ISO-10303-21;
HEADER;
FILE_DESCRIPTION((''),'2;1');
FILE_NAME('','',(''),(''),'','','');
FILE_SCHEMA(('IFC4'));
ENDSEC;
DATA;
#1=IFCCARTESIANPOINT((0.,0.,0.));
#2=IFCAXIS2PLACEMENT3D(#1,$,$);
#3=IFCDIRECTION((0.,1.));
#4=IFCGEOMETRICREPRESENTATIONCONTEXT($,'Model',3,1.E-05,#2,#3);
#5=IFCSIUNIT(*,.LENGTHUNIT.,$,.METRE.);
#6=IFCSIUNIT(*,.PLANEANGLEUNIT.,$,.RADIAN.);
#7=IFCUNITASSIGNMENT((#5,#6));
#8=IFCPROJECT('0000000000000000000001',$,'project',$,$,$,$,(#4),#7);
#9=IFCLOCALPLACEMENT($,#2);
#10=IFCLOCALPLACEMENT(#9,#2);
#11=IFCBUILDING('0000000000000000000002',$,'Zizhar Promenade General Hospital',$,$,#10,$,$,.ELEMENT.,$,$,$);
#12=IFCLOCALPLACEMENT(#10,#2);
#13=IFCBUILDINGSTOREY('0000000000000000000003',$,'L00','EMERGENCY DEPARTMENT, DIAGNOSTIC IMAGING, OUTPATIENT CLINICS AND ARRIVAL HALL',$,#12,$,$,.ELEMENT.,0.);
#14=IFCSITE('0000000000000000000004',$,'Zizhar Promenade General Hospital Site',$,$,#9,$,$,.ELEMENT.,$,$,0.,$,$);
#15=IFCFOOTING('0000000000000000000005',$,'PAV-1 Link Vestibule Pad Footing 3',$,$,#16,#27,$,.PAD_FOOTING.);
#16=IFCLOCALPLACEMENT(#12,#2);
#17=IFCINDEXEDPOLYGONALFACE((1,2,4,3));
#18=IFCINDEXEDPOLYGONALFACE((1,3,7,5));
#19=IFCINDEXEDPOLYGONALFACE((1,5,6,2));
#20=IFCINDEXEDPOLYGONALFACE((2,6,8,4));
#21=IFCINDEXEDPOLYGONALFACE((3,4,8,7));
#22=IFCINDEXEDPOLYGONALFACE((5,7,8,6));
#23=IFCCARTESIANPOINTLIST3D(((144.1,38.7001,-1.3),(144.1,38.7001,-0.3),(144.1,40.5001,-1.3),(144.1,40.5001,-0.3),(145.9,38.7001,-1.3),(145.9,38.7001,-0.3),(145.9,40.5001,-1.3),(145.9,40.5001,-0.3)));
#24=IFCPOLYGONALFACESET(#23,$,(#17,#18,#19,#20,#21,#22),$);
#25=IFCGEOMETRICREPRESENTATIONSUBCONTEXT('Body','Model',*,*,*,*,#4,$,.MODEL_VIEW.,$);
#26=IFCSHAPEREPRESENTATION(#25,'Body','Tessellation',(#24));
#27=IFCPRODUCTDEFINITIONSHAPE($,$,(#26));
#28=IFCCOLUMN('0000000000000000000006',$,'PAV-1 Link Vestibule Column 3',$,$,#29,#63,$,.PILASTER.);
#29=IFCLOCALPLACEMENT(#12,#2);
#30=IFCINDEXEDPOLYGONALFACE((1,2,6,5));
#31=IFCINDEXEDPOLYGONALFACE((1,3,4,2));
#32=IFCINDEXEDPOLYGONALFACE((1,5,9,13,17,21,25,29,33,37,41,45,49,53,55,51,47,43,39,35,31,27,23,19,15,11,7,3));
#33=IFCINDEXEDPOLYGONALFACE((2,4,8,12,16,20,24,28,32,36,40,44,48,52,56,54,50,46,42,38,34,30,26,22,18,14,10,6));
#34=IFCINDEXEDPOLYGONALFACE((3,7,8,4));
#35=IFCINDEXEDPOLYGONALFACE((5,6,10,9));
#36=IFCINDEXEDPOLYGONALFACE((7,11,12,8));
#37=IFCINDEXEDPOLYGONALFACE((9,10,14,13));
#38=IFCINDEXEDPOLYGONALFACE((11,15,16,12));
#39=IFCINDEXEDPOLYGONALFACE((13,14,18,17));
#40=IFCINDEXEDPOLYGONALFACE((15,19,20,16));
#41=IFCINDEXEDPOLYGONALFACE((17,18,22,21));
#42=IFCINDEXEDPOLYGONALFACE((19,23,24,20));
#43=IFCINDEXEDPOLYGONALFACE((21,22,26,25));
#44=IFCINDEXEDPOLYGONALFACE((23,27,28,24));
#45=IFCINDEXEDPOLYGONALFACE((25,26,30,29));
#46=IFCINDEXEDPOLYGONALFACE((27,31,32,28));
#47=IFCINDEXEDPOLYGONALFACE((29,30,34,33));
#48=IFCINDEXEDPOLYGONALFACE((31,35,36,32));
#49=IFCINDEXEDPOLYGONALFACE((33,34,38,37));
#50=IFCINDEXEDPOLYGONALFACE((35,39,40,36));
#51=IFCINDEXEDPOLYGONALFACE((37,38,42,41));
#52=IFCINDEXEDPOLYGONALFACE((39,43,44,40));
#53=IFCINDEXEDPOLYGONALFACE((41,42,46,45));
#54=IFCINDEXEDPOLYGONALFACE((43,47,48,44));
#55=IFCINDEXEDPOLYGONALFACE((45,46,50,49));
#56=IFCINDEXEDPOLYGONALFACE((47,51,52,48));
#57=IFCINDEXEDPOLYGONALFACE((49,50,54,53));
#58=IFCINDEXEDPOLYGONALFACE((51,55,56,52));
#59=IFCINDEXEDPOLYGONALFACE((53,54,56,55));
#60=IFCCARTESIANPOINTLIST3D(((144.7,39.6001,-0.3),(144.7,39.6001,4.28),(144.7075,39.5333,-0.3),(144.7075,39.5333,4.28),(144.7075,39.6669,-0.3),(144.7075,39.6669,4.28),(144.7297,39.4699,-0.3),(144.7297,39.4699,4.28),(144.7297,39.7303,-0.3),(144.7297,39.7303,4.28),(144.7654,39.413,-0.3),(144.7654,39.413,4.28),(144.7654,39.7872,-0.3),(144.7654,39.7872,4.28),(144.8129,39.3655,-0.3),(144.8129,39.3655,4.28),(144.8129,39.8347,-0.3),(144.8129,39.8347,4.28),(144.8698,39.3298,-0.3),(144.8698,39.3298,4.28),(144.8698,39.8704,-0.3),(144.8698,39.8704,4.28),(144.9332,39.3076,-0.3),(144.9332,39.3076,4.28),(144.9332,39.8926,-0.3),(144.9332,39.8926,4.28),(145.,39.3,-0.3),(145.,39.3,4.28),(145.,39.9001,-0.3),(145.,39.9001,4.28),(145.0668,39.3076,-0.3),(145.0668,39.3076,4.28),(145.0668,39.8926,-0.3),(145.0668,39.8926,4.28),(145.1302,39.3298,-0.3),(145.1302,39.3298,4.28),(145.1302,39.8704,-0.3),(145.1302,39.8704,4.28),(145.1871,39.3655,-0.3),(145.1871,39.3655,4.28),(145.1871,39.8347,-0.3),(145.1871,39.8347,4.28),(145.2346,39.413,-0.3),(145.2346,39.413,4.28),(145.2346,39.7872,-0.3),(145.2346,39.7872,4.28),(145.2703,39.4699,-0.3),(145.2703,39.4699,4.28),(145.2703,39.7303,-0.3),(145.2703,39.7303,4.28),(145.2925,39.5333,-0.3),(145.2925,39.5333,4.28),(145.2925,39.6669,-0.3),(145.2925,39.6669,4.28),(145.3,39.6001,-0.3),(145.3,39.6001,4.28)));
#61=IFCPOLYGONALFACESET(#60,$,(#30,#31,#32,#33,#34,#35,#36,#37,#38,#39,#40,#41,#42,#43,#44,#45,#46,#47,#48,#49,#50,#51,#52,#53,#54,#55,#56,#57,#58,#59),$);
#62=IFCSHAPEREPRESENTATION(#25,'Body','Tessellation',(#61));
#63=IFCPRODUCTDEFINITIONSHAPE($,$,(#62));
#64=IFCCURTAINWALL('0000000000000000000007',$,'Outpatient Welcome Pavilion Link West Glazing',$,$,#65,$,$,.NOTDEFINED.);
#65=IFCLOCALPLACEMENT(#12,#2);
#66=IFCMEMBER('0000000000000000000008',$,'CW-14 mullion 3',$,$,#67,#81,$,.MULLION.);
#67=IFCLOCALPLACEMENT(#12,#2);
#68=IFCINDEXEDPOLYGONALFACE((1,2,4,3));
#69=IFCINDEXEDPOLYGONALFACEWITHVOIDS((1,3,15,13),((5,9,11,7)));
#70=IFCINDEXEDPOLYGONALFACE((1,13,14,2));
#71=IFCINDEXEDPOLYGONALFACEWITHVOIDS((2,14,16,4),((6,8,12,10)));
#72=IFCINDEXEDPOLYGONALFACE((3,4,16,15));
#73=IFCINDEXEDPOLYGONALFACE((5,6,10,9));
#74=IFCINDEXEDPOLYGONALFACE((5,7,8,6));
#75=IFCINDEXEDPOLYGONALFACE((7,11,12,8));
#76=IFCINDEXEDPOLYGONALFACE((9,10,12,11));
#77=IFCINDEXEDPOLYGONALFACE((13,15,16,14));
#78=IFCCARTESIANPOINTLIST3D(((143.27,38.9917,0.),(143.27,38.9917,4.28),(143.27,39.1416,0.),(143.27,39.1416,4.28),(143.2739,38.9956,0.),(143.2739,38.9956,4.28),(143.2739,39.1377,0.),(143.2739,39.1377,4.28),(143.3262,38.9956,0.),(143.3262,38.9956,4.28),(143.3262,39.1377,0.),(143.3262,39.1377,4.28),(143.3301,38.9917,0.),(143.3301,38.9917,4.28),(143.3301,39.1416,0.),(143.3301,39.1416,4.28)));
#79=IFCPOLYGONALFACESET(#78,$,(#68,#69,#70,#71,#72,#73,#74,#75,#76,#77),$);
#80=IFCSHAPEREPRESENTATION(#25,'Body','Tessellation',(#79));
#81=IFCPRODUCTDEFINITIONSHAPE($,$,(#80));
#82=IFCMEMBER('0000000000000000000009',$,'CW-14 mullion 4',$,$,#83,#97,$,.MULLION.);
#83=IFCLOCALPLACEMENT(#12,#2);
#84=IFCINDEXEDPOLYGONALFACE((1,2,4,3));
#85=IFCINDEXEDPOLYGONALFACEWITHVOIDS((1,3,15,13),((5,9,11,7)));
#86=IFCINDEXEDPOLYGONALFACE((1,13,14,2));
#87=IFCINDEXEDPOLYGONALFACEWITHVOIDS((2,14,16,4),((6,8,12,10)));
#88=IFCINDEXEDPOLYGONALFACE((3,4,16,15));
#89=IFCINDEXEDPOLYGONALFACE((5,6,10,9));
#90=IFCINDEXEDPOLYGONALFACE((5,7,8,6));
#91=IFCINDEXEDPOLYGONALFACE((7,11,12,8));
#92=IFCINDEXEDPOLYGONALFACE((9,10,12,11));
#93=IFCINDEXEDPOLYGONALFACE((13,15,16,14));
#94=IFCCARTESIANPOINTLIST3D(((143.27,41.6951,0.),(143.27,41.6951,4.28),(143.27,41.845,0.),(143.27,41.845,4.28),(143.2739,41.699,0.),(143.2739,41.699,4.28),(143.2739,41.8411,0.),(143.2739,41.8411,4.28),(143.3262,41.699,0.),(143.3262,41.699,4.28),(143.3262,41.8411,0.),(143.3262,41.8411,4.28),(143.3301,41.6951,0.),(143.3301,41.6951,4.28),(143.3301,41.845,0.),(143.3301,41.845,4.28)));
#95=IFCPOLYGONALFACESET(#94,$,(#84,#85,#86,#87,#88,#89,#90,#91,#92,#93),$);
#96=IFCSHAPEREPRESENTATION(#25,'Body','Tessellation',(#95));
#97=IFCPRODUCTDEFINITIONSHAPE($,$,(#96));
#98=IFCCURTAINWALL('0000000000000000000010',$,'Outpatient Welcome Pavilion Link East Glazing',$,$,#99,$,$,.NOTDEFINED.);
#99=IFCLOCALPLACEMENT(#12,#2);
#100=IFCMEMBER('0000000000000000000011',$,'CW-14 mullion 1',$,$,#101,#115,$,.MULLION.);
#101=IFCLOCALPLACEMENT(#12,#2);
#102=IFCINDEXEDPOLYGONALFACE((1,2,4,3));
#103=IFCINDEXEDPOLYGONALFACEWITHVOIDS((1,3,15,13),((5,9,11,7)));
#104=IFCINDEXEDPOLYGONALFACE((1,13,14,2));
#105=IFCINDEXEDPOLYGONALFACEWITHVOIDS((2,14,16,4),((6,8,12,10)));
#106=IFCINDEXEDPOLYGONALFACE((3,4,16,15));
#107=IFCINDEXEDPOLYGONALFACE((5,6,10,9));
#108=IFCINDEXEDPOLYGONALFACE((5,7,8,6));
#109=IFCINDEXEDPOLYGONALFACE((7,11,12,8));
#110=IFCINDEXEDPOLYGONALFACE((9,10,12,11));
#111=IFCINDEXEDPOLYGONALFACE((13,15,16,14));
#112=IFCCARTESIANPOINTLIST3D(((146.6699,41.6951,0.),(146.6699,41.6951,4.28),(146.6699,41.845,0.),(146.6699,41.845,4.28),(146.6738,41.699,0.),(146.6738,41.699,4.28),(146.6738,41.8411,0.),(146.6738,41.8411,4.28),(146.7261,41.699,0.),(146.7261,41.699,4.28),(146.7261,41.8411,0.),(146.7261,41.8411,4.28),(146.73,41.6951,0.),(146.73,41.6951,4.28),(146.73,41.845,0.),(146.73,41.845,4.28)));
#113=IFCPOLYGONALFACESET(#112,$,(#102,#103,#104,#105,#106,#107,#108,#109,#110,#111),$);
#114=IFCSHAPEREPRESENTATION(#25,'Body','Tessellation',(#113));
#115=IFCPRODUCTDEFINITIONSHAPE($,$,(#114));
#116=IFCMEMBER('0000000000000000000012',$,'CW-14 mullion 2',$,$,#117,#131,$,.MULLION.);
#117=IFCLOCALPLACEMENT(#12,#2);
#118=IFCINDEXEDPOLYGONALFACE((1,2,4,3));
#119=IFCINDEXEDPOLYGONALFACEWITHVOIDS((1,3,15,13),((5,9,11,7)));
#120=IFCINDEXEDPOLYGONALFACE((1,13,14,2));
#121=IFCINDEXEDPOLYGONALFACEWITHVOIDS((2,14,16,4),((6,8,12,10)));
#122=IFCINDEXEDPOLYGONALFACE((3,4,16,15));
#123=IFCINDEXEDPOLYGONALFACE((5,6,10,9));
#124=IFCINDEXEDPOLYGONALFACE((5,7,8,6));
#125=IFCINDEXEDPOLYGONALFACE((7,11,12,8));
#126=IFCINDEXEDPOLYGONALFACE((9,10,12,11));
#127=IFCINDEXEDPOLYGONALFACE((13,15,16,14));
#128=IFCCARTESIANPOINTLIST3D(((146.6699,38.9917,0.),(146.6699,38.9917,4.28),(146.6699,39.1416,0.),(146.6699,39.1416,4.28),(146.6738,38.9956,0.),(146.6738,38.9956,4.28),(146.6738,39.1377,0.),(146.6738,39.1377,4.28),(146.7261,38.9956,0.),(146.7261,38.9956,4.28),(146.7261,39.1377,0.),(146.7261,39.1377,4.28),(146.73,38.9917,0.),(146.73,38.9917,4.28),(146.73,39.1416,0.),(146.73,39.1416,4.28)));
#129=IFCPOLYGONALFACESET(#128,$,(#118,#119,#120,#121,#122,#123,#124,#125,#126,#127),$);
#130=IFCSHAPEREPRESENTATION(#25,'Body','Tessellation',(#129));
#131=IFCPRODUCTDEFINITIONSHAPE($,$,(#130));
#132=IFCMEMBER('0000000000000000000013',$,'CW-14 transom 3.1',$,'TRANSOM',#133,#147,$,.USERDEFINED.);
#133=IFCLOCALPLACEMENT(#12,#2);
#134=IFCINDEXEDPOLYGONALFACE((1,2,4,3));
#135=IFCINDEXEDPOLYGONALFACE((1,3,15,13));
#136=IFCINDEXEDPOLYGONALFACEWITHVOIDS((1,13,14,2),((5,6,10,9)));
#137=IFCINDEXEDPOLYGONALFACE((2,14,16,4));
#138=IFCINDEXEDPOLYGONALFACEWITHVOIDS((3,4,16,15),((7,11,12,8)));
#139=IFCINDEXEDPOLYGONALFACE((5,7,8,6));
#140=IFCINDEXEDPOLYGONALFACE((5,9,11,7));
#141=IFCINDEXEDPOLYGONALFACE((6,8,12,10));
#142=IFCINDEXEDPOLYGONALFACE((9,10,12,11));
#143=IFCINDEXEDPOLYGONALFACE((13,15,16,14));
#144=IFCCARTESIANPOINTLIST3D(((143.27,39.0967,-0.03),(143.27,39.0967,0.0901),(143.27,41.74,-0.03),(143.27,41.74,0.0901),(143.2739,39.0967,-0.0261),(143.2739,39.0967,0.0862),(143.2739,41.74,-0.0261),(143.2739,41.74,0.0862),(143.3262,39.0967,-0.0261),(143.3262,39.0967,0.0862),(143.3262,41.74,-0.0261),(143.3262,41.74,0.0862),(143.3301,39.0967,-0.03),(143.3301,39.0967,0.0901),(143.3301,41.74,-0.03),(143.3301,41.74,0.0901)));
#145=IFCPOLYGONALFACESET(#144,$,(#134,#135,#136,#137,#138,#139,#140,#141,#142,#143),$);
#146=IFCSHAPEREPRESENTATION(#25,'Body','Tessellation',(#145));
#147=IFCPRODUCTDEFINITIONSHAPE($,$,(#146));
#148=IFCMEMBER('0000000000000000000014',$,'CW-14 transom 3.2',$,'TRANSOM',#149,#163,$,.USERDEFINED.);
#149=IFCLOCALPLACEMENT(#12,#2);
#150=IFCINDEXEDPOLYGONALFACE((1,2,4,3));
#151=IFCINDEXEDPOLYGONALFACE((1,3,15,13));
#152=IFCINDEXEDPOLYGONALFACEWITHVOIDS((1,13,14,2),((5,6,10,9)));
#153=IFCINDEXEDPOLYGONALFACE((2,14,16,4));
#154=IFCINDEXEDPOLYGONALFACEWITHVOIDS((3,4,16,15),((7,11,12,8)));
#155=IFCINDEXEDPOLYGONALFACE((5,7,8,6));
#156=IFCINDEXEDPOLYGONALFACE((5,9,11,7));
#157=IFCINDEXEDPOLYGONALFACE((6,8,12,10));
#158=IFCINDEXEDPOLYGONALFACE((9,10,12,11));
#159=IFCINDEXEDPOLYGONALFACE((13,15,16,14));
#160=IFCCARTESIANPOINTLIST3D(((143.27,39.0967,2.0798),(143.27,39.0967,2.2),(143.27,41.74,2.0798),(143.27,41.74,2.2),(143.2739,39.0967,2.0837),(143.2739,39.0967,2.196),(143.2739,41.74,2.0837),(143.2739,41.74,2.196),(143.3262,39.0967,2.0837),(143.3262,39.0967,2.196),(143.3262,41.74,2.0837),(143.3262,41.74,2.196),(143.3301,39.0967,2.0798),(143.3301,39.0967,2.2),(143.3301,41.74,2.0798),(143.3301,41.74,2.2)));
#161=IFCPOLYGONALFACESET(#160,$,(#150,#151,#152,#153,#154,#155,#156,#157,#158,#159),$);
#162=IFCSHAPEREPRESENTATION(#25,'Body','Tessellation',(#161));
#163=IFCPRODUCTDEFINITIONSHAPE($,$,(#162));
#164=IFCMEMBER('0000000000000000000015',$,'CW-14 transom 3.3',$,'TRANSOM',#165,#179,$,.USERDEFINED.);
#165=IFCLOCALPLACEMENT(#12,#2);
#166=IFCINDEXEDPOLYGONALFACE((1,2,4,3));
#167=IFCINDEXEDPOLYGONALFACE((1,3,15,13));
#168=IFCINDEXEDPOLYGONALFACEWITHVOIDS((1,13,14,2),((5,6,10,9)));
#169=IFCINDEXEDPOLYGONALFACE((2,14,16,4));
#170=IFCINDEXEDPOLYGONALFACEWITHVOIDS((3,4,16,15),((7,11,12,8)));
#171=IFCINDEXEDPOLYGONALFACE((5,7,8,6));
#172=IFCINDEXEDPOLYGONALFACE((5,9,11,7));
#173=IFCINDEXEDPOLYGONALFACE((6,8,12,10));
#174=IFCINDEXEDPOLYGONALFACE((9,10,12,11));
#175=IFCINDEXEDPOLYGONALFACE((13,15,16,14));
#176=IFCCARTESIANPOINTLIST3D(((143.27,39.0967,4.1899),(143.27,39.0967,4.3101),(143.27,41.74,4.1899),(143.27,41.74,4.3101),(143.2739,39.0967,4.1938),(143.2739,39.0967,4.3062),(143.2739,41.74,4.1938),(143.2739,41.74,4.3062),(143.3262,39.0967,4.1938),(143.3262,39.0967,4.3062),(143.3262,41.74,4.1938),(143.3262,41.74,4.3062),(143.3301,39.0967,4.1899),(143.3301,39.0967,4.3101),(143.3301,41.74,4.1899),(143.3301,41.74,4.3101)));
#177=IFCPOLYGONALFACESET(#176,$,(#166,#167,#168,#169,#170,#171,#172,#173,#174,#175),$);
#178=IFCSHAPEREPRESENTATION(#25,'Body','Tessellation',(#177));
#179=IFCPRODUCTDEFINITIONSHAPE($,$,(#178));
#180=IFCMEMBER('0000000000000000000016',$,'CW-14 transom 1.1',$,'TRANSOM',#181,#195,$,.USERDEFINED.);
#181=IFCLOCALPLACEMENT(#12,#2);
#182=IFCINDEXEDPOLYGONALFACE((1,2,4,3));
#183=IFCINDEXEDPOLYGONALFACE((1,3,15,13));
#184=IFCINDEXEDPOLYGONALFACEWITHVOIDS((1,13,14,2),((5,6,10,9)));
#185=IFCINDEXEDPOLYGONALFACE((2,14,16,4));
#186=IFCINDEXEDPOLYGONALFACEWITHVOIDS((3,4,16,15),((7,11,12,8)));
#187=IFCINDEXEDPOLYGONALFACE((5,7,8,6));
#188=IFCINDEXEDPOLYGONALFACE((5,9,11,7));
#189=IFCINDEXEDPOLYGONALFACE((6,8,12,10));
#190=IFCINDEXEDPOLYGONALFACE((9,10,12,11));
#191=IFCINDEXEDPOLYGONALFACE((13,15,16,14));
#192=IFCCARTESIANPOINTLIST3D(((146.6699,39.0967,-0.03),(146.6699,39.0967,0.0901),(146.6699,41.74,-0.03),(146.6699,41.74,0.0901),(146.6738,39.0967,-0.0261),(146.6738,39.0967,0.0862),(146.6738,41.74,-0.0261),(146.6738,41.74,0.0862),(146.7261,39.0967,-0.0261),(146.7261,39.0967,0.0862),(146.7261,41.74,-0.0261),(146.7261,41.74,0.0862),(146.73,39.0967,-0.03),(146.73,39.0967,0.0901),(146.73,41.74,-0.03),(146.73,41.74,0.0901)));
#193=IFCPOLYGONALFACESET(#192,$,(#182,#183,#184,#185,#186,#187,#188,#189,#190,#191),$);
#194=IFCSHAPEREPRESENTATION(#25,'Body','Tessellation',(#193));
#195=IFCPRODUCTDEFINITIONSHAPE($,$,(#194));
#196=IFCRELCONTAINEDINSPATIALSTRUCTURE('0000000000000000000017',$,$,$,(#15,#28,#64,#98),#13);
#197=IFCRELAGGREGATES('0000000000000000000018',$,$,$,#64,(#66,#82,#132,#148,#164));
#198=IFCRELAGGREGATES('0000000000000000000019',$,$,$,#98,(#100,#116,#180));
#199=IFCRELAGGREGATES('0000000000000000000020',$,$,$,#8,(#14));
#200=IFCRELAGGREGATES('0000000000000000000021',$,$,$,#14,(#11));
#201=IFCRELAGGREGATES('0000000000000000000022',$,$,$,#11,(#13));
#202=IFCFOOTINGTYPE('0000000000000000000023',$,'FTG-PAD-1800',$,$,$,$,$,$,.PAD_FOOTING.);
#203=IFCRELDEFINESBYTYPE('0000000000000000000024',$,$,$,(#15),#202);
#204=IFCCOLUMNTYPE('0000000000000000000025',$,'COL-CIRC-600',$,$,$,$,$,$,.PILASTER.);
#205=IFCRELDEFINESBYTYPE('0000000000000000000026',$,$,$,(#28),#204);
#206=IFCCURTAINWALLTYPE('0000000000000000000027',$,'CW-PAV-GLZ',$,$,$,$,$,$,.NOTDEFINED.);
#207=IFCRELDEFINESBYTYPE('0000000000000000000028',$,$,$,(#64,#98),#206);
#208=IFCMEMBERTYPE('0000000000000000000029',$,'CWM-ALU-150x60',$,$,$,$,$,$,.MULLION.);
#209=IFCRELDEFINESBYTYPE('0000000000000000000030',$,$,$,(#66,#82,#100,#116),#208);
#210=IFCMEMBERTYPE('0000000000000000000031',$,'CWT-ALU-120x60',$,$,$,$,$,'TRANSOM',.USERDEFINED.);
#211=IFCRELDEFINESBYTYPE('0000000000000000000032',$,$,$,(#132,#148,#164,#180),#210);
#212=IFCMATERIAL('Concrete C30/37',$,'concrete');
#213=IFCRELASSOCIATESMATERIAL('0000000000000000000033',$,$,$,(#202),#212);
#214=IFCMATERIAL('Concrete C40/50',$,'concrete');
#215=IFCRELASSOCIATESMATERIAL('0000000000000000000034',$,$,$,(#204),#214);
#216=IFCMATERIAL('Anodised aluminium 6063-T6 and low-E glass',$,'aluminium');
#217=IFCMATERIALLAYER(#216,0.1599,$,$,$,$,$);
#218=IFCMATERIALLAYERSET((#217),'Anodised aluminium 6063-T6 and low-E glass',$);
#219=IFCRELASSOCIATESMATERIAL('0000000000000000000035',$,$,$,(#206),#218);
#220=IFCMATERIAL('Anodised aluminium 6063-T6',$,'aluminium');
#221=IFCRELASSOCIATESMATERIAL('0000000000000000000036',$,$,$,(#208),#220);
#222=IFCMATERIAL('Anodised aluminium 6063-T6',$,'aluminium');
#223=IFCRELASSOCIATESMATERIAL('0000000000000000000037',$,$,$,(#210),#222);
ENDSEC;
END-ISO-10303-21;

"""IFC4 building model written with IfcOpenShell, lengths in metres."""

from ifc_helpers import new_model, si_unit, direction, frame, origin, origin_2d, place, context, subcontext, project, spatial, rectangle, hollow_rectangle, circle, extrude, material, layer, layer_set, material_profile, profile_set, type_object, element, aggregate, save


model = new_model("IFC4")

# Units and contexts
model_context = context("Model", 3, precision=1e-05, world=origin(), true_north=direction((0.0, 1.0)))
body_context = subcontext(model_context, "Body", "Model", "MODEL_VIEW")
ifc_project = project(units=[si_unit("LENGTHUNIT", "METRE"), si_unit("PLANEANGLEUNIT", "RADIAN")], contexts=[model_context])

# Site, building, storey
site_placement = place(None, origin())
site = spatial("IfcSite", under=ifc_project, at=site_placement, Name="Zizhar Promenade General Hospital Site", CompositionType="ELEMENT", RefElevation=0.0)
building_placement = place(site_placement, origin())
building = spatial("IfcBuilding", under=site, at=building_placement, Name="Zizhar Promenade General Hospital", CompositionType="ELEMENT")
storey_placement = place(building_placement, origin())
storey = spatial("IfcBuildingStorey", under=building, at=storey_placement, Name="L00", Description="EMERGENCY DEPARTMENT, DIAGNOSTIC IMAGING, OUTPATIENT CLINICS AND ARRIVAL HALL", CompositionType="ELEMENT", Elevation=0.0)

# Footing
ifc_material_1 = material(Name="Concrete C30/37", Category="concrete")
footing_type = type_object("IfcFootingType", Name="FTG-PAD-1800", PredefinedType="PAD_FOOTING", material=ifc_material_1)
footing_placement = place(storey_placement, frame((145.0, 39.6001, -1.3), z_axis=(0.0, 0.0, 1.0), x_axis=(1.0, 0.0, 0.0)))
element("IfcFooting", 1, at=footing_placement, inside=storey, type_object=footing_type, Name="PAV-1 Link Vestibule Pad Footing 3", PredefinedType="PAD_FOOTING", context=body_context, shape_type="SweptSolid", body=[
    extrude(rectangle(XDim=1.8, YDim=1.8, at=origin_2d()), origin(), (0.0, 0.0, 1.0), 1.0),
])

# Column
ifc_material_2 = material(Name="Concrete C40/50", Category="concrete")
ifc_material_profile_1 = material_profile(ifc_material_2, circle(Radius=0.3, at=origin_2d()))
ifc_profile_set_1 = profile_set([ifc_material_profile_1], Name="Concrete C40/50")
column_type = type_object("IfcColumnType", Name="COL-CIRC-600", PredefinedType="PILASTER", material=ifc_profile_set_1)
column_placement = place(storey_placement, frame((145.0, 39.6001, -0.3), z_axis=(0.0, 0.0, 1.0), x_axis=(1.0, 0.0, 0.0)))
element("IfcColumn", 2, at=column_placement, inside=storey, type_object=column_type, Name="PAV-1 Link Vestibule Column 3", PredefinedType="PILASTER", context=body_context, shape_type="SweptSolid", body=[
    extrude(circle(Radius=0.3, at=origin_2d()), origin(), (0.0, 0.0, 1.0), 4.5801),
])

# Curtain walls, members
ifc_material_3 = material(Name="Anodised aluminium 6063-T6 and low-E glass", Category="aluminium")
ifc_layer_1 = layer(ifc_material_3, 0.1599)
ifc_layer_set_1 = layer_set([ifc_layer_1], Name="Anodised aluminium 6063-T6 and low-E glass")
curtain_wall_type = type_object("IfcCurtainWallType", Name="CW-PAV-GLZ", PredefinedType="NOTDEFINED", material=ifc_layer_set_1)
curtain_wall_1_placement = place(storey_placement, origin())
curtain_wall_1 = element("IfcCurtainWall", 3, at=curtain_wall_1_placement, inside=storey, type_object=curtain_wall_type, Name="Outpatient Welcome Pavilion Link West Glazing", PredefinedType="NOTDEFINED")
ifc_material_4 = material(Name="Anodised aluminium 6063-T6", Category="aluminium")
ifc_material_profile_2 = material_profile(ifc_material_4, hollow_rectangle(XDim=0.0601, YDim=0.1499, WallThickness=0.0039, at=origin_2d()))
ifc_profile_set_2 = profile_set([ifc_material_profile_2], Name="Anodised aluminium 6063-T6")
member_type_1 = type_object("IfcMemberType", Name="CWM-ALU-150x60", PredefinedType="MULLION", material=ifc_profile_set_2)
member_1_placement = place(storey_placement, frame((143.3, 39.0667, 0.0), z_axis=(0.0, 0.0, 1.0), x_axis=(-1.0, 0.0, 0.0)))
member_1 = element("IfcMember", 4, at=member_1_placement, type_object=member_type_1, Name="CW-14 mullion 3", PredefinedType="MULLION", context=body_context, shape_type="SweptSolid", body=[
    extrude(hollow_rectangle(XDim=0.0601, YDim=0.1499, WallThickness=0.0039, at=origin_2d()), origin(), (0.0, 0.0, 1.0), 4.28),
])
member_2_placement = place(storey_placement, frame((143.3, 41.77, 0.0), z_axis=(0.0, 0.0, 1.0), x_axis=(-1.0, 0.0, 0.0)))
member_2 = element("IfcMember", 5, at=member_2_placement, type_object=member_type_1, Name="CW-14 mullion 4", PredefinedType="MULLION", context=body_context, shape_type="SweptSolid", body=[
    extrude(hollow_rectangle(XDim=0.0601, YDim=0.1499, WallThickness=0.0039, at=origin_2d()), origin(), (0.0, 0.0, 1.0), 4.28),
])
curtain_wall_2_placement = place(storey_placement, origin())
curtain_wall_2 = element("IfcCurtainWall", 6, at=curtain_wall_2_placement, inside=storey, type_object=curtain_wall_type, Name="Outpatient Welcome Pavilion Link East Glazing", PredefinedType="NOTDEFINED")
member_3_placement = place(storey_placement, frame((146.7, 41.77, 0.0), z_axis=(0.0, 0.0, 1.0), x_axis=(1.0, 0.0, 0.0)))
member_3 = element("IfcMember", 7, at=member_3_placement, type_object=member_type_1, Name="CW-14 mullion 1", PredefinedType="MULLION", context=body_context, shape_type="SweptSolid", body=[
    extrude(hollow_rectangle(XDim=0.0601, YDim=0.1499, WallThickness=0.0039, at=origin_2d()), origin(), (0.0, 0.0, 1.0), 4.28),
])
member_4_placement = place(storey_placement, frame((146.7, 39.0667, 0.0), z_axis=(0.0, 0.0, 1.0), x_axis=(1.0, 0.0, 0.0)))
member_4 = element("IfcMember", 8, at=member_4_placement, type_object=member_type_1, Name="CW-14 mullion 2", PredefinedType="MULLION", context=body_context, shape_type="SweptSolid", body=[
    extrude(hollow_rectangle(XDim=0.0601, YDim=0.1499, WallThickness=0.0039, at=origin_2d()), origin(), (0.0, 0.0, 1.0), 4.28),
])

# Members
ifc_material_5 = material(Name="Anodised aluminium 6063-T6", Category="aluminium")
ifc_material_profile_3 = material_profile(ifc_material_5, hollow_rectangle(XDim=0.0601, YDim=0.1201, WallThickness=0.0039, at=origin_2d()))
ifc_profile_set_3 = profile_set([ifc_material_profile_3], Name="Anodised aluminium 6063-T6")
member_type_2 = type_object("IfcMemberType", Name="CWT-ALU-120x60", ElementType="TRANSOM", PredefinedType="USERDEFINED", material=ifc_profile_set_3)
member_5_placement = place(storey_placement, frame((143.3, 39.0967, 0.03), z_axis=(0.0, 1.0, 0.0), x_axis=(-1.0, 0.0, 0.0)))
member_5 = element("IfcMember", 9, at=member_5_placement, type_object=member_type_2, Name="CW-14 transom 3.1", ObjectType="TRANSOM", PredefinedType="USERDEFINED", context=body_context, shape_type="SweptSolid", body=[
    extrude(hollow_rectangle(XDim=0.0601, YDim=0.1201, WallThickness=0.0039, at=origin_2d()), origin(), (0.0, 0.0, 1.0), 2.6433),
])
member_6_placement = place(storey_placement, frame((143.3, 39.0967, 2.1399), z_axis=(0.0, 1.0, 0.0), x_axis=(-1.0, 0.0, 0.0)))
member_6 = element("IfcMember", 10, at=member_6_placement, type_object=member_type_2, Name="CW-14 transom 3.2", ObjectType="TRANSOM", PredefinedType="USERDEFINED", context=body_context, shape_type="SweptSolid", body=[
    extrude(hollow_rectangle(XDim=0.0601, YDim=0.1201, WallThickness=0.0039, at=origin_2d()), origin(), (0.0, 0.0, 1.0), 2.6433),
])
member_7_placement = place(storey_placement, frame((143.3, 39.0967, 4.25), z_axis=(0.0, 1.0, 0.0), x_axis=(-1.0, 0.0, 0.0)))
member_7 = element("IfcMember", 11, at=member_7_placement, type_object=member_type_2, Name="CW-14 transom 3.3", ObjectType="TRANSOM", PredefinedType="USERDEFINED", context=body_context, shape_type="SweptSolid", body=[
    extrude(hollow_rectangle(XDim=0.0601, YDim=0.1201, WallThickness=0.0039, at=origin_2d()), origin(), (0.0, 0.0, 1.0), 2.6433),
])
member_8_placement = place(storey_placement, frame((146.7, 41.74, 0.03), z_axis=(0.0, -1.0, 0.0), x_axis=(1.0, 0.0, 0.0)))
member_8 = element("IfcMember", 12, at=member_8_placement, type_object=member_type_2, Name="CW-14 transom 1.1", ObjectType="TRANSOM", PredefinedType="USERDEFINED", context=body_context, shape_type="SweptSolid", body=[
    extrude(hollow_rectangle(XDim=0.0601, YDim=0.1201, WallThickness=0.0039, at=origin_2d()), origin(), (0.0, 0.0, 1.0), 2.6433),
])

aggregate(curtain_wall_1, [member_1, member_2, member_5, member_6, member_7])
aggregate(curtain_wall_2, [member_3, member_4, member_8])

save(model, "model.ifc")
